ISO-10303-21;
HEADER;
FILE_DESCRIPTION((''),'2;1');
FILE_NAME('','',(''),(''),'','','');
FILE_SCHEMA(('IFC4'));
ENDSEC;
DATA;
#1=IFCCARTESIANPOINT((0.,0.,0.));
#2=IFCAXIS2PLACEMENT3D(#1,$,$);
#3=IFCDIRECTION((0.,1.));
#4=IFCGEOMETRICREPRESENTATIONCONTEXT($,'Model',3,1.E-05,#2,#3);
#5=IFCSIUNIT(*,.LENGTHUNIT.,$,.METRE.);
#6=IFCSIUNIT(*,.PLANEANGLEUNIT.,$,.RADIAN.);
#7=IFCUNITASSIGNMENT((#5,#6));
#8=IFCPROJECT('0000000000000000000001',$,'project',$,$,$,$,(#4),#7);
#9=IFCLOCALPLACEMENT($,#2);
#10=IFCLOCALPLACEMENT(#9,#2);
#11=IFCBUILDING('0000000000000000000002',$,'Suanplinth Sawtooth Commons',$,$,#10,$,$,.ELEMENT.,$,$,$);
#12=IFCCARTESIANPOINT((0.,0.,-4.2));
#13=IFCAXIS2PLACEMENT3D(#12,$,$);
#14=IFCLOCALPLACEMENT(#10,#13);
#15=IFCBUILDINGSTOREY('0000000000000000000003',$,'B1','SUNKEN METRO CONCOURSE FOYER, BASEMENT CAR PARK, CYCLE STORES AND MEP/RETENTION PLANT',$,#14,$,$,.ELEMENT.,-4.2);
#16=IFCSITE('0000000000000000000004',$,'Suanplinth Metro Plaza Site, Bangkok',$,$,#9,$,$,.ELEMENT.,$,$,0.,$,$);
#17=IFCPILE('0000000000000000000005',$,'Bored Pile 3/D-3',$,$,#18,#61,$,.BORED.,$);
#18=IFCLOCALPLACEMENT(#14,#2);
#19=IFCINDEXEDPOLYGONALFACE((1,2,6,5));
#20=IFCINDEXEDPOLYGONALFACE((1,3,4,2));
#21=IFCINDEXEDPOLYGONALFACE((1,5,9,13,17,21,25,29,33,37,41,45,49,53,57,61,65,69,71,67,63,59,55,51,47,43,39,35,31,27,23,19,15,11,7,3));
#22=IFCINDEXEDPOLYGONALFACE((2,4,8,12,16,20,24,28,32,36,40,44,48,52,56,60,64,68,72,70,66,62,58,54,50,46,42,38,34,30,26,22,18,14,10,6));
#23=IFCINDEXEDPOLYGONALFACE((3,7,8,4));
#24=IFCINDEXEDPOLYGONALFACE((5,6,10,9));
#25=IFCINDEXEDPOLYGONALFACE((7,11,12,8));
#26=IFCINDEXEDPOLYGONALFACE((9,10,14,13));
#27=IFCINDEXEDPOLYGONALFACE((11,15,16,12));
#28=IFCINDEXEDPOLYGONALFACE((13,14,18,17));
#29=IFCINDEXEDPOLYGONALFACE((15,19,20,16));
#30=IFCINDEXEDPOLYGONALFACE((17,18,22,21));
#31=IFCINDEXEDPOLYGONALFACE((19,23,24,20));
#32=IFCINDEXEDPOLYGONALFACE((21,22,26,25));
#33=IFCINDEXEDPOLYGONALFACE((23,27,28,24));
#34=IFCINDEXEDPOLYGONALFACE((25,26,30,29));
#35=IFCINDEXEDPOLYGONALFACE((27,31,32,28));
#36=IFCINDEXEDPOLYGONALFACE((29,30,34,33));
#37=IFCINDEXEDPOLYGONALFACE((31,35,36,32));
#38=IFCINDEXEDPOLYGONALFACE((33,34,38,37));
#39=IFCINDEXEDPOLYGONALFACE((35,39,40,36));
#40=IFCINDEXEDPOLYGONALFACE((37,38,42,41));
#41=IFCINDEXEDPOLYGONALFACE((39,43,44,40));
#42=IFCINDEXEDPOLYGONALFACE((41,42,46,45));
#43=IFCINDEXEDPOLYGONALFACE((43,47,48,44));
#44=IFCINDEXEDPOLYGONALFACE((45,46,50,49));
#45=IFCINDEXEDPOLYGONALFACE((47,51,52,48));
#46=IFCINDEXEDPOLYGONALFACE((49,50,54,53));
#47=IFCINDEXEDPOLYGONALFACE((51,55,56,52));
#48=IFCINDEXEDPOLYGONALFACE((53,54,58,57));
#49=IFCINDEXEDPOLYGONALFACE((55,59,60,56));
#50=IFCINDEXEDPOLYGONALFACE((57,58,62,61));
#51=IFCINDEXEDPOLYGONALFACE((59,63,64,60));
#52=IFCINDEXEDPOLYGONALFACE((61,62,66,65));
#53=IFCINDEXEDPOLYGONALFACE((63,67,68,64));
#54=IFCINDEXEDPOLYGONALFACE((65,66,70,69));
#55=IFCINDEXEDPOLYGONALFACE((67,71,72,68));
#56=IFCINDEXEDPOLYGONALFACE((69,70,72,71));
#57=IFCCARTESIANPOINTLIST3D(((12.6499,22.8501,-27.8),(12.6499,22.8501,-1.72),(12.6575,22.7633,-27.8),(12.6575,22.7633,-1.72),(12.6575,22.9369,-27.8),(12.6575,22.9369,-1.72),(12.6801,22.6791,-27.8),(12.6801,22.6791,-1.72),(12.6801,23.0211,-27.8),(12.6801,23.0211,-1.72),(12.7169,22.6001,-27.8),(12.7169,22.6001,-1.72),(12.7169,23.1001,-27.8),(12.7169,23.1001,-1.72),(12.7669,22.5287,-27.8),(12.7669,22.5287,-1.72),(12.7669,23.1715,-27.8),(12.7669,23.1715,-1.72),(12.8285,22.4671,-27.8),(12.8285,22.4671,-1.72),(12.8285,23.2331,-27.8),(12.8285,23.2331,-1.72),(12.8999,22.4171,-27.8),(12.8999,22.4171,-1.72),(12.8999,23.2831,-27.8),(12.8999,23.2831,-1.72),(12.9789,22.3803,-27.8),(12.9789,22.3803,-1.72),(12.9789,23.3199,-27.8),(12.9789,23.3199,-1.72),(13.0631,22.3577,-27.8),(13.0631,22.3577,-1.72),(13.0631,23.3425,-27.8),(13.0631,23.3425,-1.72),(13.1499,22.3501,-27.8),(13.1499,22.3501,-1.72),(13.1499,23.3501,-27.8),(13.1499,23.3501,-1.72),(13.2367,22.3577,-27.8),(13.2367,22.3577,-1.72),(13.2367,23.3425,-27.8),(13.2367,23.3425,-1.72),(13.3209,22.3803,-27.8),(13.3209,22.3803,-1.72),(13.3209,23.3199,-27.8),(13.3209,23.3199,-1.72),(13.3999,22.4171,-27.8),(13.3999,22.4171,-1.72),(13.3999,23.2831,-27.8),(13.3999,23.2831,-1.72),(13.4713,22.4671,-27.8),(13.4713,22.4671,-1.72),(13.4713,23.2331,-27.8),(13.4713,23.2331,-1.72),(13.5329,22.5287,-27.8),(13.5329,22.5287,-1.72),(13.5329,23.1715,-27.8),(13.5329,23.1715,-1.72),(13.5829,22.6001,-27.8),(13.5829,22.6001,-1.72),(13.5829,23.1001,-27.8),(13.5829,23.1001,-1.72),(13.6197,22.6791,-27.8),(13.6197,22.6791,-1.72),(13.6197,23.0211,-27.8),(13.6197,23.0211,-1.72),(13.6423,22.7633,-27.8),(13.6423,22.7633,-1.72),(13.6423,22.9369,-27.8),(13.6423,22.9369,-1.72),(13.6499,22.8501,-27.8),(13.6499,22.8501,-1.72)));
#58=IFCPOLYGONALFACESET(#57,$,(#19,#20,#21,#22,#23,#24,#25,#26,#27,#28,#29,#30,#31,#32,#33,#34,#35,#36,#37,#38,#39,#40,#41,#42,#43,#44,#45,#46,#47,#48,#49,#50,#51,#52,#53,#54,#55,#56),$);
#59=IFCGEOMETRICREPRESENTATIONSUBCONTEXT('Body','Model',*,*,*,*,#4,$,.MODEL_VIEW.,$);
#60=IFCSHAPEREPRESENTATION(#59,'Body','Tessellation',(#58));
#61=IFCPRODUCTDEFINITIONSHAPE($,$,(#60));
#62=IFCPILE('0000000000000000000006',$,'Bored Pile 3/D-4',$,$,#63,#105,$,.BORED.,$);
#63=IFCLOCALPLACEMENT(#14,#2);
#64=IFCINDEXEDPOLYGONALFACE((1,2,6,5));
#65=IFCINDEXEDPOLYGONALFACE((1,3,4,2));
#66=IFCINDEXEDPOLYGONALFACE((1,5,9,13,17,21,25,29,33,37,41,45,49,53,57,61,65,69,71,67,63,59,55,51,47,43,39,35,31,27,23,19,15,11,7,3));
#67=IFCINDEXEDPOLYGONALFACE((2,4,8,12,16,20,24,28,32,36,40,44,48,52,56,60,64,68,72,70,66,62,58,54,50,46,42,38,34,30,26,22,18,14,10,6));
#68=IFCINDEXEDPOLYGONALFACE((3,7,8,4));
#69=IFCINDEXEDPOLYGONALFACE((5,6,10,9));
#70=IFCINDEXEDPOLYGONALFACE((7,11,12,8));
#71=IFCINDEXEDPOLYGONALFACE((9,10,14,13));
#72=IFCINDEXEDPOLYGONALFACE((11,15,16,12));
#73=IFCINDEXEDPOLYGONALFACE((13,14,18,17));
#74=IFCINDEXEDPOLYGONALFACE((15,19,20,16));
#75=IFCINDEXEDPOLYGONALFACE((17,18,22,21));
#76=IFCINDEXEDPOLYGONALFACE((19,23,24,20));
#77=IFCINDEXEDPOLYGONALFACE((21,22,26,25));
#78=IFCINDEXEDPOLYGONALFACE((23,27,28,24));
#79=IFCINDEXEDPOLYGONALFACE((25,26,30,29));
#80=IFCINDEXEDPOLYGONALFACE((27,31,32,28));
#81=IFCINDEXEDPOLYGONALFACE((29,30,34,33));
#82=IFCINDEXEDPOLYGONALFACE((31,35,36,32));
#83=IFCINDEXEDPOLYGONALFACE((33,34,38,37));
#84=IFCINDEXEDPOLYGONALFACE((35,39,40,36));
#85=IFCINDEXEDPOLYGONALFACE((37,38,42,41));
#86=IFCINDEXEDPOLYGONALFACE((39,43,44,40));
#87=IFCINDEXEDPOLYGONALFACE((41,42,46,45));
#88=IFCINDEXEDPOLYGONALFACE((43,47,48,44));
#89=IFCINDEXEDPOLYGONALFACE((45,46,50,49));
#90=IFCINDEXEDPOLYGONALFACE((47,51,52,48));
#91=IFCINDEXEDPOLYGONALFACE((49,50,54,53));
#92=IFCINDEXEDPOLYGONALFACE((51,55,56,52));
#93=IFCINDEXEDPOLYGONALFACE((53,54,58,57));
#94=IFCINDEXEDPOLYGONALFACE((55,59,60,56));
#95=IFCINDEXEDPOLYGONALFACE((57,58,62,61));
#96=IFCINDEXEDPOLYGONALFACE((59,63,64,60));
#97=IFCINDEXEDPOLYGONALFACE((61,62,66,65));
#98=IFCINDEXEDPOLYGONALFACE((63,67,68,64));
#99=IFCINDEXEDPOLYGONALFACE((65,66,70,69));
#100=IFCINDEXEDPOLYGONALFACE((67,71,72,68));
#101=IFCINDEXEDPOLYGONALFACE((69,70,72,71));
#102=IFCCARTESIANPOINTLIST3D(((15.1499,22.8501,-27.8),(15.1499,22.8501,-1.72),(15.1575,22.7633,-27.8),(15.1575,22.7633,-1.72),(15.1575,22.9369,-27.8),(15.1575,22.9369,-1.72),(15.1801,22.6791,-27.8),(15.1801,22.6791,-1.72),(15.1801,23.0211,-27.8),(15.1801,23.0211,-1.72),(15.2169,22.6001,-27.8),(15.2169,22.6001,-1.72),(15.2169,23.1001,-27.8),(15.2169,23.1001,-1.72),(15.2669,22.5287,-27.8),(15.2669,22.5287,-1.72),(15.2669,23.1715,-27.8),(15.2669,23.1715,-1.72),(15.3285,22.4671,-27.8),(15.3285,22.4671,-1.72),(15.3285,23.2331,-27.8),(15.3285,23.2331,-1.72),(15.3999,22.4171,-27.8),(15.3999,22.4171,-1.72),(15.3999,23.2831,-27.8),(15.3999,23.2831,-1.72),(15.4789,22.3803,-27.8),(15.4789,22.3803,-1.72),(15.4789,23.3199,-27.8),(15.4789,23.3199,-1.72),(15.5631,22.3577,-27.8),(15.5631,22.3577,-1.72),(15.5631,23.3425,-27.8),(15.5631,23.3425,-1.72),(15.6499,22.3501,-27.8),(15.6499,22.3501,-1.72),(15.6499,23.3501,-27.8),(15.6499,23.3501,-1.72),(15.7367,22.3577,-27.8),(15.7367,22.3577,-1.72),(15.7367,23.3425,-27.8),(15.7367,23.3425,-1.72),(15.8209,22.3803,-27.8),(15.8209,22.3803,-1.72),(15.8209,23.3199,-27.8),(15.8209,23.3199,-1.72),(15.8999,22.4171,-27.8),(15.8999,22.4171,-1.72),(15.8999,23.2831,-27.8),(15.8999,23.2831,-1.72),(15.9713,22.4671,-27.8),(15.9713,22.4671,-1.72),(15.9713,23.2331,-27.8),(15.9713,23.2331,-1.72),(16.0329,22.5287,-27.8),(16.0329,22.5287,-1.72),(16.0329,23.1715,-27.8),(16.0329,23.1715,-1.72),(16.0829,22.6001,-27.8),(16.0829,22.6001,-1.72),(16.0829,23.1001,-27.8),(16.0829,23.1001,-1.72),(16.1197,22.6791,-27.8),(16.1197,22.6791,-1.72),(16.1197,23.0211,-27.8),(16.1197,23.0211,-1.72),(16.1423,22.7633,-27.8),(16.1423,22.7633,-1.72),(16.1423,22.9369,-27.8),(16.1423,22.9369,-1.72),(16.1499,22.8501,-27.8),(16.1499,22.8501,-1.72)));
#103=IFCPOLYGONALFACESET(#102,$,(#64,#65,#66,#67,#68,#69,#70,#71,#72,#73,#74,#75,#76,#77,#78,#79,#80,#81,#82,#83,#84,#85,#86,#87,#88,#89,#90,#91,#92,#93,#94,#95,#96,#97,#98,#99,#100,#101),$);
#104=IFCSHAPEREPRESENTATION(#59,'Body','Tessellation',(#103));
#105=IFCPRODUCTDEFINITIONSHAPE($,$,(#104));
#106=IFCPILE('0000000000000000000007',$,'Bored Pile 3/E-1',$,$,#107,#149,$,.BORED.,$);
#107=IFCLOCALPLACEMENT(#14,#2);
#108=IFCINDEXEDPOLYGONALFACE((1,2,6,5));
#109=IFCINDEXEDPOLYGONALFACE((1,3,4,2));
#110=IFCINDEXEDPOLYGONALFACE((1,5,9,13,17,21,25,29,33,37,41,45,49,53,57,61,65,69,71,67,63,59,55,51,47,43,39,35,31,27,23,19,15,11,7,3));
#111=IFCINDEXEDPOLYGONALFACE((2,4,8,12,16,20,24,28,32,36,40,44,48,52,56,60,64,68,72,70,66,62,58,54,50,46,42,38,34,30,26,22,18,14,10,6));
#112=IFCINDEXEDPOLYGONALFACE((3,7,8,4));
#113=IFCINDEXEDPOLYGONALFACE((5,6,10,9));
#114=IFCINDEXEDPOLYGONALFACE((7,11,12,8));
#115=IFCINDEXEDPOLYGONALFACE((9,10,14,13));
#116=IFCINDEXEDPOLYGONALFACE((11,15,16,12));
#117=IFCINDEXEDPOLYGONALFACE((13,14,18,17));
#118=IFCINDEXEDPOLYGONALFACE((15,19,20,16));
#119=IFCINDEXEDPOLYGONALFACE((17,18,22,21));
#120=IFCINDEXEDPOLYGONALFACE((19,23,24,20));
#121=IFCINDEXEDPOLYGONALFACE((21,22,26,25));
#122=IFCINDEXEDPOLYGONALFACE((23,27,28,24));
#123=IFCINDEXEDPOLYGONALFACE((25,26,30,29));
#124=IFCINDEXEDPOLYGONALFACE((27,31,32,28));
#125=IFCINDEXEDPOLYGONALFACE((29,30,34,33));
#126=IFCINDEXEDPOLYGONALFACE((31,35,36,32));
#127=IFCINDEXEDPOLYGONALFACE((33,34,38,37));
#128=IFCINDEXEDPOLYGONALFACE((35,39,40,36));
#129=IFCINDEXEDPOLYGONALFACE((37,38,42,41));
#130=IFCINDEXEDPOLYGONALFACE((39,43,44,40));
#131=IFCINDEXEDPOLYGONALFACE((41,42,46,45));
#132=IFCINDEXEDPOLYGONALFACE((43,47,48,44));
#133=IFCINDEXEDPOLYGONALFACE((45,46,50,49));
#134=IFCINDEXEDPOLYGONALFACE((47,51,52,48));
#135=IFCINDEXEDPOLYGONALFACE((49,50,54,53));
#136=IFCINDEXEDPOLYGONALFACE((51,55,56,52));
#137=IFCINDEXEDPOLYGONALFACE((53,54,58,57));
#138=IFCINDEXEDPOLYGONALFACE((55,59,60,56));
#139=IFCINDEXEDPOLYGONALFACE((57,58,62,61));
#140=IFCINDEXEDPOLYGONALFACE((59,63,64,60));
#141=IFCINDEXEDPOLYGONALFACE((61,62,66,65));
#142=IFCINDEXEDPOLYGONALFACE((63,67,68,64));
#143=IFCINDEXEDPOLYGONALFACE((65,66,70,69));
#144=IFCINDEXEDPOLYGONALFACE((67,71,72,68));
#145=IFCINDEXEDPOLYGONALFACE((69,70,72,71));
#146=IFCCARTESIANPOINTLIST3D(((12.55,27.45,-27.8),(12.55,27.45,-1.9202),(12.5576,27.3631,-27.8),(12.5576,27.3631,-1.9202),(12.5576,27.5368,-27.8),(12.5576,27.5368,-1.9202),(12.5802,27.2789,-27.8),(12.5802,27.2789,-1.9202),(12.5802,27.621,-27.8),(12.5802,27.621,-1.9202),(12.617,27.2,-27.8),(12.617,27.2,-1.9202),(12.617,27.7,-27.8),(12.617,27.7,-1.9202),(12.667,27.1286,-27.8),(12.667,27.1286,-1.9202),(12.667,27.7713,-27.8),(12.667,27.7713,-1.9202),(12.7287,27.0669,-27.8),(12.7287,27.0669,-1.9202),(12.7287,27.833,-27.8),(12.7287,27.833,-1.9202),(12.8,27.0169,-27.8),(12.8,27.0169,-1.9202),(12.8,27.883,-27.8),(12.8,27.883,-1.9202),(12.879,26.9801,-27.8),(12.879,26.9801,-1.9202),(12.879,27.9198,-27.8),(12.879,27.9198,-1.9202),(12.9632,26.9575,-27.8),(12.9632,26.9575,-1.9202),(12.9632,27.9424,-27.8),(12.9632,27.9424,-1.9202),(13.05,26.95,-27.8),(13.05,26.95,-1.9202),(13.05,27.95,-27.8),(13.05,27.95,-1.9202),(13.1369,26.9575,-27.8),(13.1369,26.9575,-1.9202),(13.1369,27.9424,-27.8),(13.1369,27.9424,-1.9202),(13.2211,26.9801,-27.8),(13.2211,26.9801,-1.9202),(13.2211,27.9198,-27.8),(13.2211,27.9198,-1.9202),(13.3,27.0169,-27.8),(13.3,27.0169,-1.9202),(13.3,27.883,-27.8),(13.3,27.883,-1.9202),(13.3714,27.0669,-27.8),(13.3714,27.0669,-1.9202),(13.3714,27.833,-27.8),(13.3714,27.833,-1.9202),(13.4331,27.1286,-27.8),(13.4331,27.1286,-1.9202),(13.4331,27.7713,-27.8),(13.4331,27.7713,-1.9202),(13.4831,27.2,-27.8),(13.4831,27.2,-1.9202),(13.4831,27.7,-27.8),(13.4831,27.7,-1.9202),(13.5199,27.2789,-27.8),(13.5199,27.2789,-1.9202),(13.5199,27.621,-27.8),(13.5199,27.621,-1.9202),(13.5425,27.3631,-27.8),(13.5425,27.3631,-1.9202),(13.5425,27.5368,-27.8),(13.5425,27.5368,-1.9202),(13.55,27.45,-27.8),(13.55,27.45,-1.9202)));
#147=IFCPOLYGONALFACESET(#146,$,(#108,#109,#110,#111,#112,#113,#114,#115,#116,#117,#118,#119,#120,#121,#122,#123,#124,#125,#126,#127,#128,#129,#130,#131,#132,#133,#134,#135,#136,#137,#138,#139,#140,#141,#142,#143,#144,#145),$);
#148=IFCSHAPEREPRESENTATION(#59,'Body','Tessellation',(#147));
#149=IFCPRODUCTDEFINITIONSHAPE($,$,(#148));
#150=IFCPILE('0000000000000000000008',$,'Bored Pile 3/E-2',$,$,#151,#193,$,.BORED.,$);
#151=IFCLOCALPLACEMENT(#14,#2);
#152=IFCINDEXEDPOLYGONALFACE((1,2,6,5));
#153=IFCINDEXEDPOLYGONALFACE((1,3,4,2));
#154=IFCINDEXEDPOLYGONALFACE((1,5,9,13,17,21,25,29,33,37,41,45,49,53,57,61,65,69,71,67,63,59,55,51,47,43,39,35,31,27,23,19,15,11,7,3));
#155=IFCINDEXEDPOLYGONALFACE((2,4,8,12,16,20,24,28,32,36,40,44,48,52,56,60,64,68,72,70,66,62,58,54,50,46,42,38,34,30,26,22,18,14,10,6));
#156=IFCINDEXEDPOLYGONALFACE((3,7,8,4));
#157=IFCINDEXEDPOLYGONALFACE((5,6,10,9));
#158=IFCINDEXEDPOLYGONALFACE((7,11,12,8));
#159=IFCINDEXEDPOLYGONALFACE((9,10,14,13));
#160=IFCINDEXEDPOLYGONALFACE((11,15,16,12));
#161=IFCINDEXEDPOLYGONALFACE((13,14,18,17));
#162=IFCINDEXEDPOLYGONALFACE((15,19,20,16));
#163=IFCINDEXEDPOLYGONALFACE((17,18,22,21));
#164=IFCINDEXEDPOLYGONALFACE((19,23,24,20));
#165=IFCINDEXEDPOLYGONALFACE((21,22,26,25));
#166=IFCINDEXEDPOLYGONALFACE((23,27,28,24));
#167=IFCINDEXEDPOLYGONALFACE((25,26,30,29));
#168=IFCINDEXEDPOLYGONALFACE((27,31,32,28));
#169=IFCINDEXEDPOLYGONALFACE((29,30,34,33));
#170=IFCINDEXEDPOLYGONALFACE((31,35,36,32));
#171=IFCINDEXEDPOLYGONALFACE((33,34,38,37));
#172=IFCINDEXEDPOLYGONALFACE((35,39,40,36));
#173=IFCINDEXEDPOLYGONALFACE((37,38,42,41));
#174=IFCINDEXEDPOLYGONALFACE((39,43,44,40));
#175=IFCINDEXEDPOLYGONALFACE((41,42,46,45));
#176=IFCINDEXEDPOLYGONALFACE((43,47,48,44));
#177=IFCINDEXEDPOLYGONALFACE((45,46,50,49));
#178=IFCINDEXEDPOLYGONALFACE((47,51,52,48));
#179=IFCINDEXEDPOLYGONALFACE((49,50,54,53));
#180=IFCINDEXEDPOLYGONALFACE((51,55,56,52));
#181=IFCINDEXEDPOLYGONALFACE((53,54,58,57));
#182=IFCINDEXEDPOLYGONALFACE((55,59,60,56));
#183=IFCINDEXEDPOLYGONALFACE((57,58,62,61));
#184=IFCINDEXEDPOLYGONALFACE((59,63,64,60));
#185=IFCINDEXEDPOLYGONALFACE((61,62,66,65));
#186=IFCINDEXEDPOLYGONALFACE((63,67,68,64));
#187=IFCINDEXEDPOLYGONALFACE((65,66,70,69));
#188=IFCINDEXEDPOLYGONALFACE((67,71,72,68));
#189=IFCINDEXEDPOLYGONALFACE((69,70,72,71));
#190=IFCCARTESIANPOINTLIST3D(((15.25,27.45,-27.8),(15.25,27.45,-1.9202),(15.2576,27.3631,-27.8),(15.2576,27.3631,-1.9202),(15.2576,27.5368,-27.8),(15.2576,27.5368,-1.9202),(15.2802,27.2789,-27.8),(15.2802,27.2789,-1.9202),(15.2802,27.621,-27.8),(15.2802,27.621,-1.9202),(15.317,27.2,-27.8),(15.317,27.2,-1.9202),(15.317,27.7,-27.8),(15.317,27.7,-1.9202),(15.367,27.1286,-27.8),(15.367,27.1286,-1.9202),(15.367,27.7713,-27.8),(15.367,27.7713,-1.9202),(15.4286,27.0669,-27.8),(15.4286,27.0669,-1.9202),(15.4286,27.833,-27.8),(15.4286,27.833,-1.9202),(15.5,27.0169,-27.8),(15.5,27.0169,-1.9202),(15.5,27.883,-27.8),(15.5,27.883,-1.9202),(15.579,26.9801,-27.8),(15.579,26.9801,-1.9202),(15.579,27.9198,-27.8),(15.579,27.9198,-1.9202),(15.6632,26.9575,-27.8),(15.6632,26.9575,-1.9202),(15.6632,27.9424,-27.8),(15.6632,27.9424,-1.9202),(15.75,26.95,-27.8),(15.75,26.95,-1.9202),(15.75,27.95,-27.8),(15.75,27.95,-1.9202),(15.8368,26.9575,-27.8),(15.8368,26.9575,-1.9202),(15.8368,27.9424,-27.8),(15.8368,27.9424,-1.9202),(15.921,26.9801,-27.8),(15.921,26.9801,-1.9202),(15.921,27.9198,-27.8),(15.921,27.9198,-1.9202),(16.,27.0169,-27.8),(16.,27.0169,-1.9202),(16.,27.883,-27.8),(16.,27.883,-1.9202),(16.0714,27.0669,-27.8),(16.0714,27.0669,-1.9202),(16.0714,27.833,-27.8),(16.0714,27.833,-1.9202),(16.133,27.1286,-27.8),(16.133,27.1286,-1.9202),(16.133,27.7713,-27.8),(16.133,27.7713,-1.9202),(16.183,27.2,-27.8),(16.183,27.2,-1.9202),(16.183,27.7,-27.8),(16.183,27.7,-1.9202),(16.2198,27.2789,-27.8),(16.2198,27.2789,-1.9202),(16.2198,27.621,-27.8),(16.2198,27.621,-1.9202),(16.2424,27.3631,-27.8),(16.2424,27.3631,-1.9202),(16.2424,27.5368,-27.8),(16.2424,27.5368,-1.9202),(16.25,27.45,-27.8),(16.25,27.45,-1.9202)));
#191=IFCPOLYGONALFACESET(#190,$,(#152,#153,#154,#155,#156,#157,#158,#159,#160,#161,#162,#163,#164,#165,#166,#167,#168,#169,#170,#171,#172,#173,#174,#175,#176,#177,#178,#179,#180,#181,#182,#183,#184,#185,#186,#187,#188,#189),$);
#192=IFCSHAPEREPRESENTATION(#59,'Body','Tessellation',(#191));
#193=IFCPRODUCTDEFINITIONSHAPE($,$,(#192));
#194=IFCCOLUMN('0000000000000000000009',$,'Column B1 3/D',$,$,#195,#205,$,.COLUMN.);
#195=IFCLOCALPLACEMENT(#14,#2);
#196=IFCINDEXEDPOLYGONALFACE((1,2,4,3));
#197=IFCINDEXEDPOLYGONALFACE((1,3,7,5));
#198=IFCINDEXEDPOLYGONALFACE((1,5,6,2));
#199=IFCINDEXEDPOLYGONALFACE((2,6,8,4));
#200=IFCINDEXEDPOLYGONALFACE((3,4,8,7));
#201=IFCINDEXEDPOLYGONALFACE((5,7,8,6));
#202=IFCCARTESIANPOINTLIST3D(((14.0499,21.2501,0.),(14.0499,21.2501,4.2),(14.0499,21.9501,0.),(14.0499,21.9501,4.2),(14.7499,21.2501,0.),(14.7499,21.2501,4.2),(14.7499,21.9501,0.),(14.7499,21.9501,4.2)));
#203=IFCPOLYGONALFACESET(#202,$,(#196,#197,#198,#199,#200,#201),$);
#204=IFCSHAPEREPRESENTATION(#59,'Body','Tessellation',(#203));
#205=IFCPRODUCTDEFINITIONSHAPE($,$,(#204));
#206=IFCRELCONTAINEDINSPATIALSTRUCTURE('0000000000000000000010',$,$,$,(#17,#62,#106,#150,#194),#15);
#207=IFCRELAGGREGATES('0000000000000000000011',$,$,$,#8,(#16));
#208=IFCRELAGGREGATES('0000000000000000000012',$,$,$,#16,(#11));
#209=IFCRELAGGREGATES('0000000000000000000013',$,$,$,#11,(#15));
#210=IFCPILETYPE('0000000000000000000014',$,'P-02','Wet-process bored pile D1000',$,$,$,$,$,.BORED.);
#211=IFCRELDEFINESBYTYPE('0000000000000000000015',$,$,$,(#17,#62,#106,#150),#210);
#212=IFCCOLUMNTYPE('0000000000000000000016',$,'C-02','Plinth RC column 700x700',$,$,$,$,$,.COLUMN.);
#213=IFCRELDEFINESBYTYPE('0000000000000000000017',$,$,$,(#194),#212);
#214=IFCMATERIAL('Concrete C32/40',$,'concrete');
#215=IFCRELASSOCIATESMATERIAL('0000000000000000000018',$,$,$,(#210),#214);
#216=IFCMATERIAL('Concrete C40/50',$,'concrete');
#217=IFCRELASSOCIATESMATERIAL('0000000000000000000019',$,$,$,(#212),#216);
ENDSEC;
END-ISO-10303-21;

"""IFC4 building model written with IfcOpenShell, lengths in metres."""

from ifc_helpers import new_model, si_unit, direction, frame, origin, origin_2d, place, context, subcontext, project, spatial, rectangle, circle, extrude, material, material_profile, profile_set, type_object, element, save


model = new_model("IFC4")

# Units and contexts
model_context = context("Model", 3, precision=1e-05, world=origin(), true_north=direction((0.0, 1.0)))
body_context = subcontext(model_context, "Body", "Model", "MODEL_VIEW")
ifc_project = project(units=[si_unit("LENGTHUNIT", "METRE"), si_unit("PLANEANGLEUNIT", "RADIAN")], contexts=[model_context])

# Site, building, storey
site_placement = place(None, origin())
site = spatial("IfcSite", under=ifc_project, at=site_placement, Name="Suanplinth Metro Plaza Site, Bangkok", CompositionType="ELEMENT", RefElevation=0.0)
building_placement = place(site_placement, origin())
building = spatial("IfcBuilding", under=site, at=building_placement, Name="Suanplinth Sawtooth Commons", CompositionType="ELEMENT")
storey_placement = place(building_placement, frame((0.0, 0.0, -4.2)))
storey = spatial("IfcBuildingStorey", under=building, at=storey_placement, Name="B1", Description="SUNKEN METRO CONCOURSE FOYER, BASEMENT CAR PARK, CYCLE STORES AND MEP/RETENTION PLANT", CompositionType="ELEMENT", Elevation=-4.2)

# Piles
ifc_material_1 = material(Name="Concrete C32/40", Category="concrete")
ifc_material_profile_1 = material_profile(ifc_material_1, circle(Radius=0.5, at=origin_2d()), Name="PILE D1000")
ifc_profile_set_1 = profile_set([ifc_material_profile_1], Name="Concrete C32/40")
pile_type_1 = type_object("IfcPileType", Name="P-02", Description="Wet-process bored pile D1000", PredefinedType="BORED", material=ifc_profile_set_1)
for number, where, z_axis, x_axis, name in (
    (1, (13.1499, 22.8501, -1.72), (0.0, 0.0, -1.0), (1.0, 0.0, 0.0), "Bored Pile 3/D-3"),
    (2, (15.6499, 22.8501, -1.72), (0.0, 0.0, -1.0), (1.0, 0.0, 0.0), "Bored Pile 3/D-4"),
):
    element("IfcPile", number, at=place(storey_placement, frame(where, z_axis=z_axis, x_axis=x_axis)), inside=storey, type_object=pile_type_1, Name=name, PredefinedType="BORED", context=body_context, shape_type="SweptSolid", body=[
        extrude(circle(Radius=0.5, at=origin_2d()), origin(), (0.0, 0.0, 1.0), 26.0801),
    ])
for number, where, z_axis, x_axis, name in (
    (3, (13.05, 27.45, -1.9202), (0.0, 0.0, -1.0), (1.0, 0.0, 0.0), "Bored Pile 3/E-1"),
    (4, (15.75, 27.45, -1.9202), (0.0, 0.0, -1.0), (1.0, 0.0, 0.0), "Bored Pile 3/E-2"),
):
    element("IfcPile", number, at=place(storey_placement, frame(where, z_axis=z_axis, x_axis=x_axis)), inside=storey, type_object=pile_type_1, Name=name, PredefinedType="BORED", context=body_context, shape_type="SweptSolid", body=[
        extrude(circle(Radius=0.5, at=origin_2d()), origin(), (0.0, 0.0, 1.0), 25.8799),
    ])

# Column
ifc_material_2 = material(Name="Concrete C40/50", Category="concrete")
ifc_material_profile_2 = material_profile(ifc_material_2, rectangle(XDim=0.7, YDim=0.7, at=origin_2d()), Name="RC-COL 700x700")
ifc_profile_set_2 = profile_set([ifc_material_profile_2], Name="Concrete C40/50")
column_type = type_object("IfcColumnType", Name="C-02", Description="Plinth RC column 700x700", PredefinedType="COLUMN", material=ifc_profile_set_2)
for number, where, z_axis, x_axis, name in (
    (5, (14.3999, 21.6001, 0.0), (0.0, 0.0, 1.0), (1.0, 0.0, 0.0), "Column B1 3/D"),
):
    element("IfcColumn", number, at=place(storey_placement, frame(where, z_axis=z_axis, x_axis=x_axis)), inside=storey, type_object=column_type, Name=name, PredefinedType="COLUMN", context=body_context, shape_type="SweptSolid", body=[
        extrude(rectangle(XDim=0.7, YDim=0.7, at=origin_2d()), origin(), (0.0, 0.0, 1.0), 4.2),
    ])

save(model, "model.ifc")
